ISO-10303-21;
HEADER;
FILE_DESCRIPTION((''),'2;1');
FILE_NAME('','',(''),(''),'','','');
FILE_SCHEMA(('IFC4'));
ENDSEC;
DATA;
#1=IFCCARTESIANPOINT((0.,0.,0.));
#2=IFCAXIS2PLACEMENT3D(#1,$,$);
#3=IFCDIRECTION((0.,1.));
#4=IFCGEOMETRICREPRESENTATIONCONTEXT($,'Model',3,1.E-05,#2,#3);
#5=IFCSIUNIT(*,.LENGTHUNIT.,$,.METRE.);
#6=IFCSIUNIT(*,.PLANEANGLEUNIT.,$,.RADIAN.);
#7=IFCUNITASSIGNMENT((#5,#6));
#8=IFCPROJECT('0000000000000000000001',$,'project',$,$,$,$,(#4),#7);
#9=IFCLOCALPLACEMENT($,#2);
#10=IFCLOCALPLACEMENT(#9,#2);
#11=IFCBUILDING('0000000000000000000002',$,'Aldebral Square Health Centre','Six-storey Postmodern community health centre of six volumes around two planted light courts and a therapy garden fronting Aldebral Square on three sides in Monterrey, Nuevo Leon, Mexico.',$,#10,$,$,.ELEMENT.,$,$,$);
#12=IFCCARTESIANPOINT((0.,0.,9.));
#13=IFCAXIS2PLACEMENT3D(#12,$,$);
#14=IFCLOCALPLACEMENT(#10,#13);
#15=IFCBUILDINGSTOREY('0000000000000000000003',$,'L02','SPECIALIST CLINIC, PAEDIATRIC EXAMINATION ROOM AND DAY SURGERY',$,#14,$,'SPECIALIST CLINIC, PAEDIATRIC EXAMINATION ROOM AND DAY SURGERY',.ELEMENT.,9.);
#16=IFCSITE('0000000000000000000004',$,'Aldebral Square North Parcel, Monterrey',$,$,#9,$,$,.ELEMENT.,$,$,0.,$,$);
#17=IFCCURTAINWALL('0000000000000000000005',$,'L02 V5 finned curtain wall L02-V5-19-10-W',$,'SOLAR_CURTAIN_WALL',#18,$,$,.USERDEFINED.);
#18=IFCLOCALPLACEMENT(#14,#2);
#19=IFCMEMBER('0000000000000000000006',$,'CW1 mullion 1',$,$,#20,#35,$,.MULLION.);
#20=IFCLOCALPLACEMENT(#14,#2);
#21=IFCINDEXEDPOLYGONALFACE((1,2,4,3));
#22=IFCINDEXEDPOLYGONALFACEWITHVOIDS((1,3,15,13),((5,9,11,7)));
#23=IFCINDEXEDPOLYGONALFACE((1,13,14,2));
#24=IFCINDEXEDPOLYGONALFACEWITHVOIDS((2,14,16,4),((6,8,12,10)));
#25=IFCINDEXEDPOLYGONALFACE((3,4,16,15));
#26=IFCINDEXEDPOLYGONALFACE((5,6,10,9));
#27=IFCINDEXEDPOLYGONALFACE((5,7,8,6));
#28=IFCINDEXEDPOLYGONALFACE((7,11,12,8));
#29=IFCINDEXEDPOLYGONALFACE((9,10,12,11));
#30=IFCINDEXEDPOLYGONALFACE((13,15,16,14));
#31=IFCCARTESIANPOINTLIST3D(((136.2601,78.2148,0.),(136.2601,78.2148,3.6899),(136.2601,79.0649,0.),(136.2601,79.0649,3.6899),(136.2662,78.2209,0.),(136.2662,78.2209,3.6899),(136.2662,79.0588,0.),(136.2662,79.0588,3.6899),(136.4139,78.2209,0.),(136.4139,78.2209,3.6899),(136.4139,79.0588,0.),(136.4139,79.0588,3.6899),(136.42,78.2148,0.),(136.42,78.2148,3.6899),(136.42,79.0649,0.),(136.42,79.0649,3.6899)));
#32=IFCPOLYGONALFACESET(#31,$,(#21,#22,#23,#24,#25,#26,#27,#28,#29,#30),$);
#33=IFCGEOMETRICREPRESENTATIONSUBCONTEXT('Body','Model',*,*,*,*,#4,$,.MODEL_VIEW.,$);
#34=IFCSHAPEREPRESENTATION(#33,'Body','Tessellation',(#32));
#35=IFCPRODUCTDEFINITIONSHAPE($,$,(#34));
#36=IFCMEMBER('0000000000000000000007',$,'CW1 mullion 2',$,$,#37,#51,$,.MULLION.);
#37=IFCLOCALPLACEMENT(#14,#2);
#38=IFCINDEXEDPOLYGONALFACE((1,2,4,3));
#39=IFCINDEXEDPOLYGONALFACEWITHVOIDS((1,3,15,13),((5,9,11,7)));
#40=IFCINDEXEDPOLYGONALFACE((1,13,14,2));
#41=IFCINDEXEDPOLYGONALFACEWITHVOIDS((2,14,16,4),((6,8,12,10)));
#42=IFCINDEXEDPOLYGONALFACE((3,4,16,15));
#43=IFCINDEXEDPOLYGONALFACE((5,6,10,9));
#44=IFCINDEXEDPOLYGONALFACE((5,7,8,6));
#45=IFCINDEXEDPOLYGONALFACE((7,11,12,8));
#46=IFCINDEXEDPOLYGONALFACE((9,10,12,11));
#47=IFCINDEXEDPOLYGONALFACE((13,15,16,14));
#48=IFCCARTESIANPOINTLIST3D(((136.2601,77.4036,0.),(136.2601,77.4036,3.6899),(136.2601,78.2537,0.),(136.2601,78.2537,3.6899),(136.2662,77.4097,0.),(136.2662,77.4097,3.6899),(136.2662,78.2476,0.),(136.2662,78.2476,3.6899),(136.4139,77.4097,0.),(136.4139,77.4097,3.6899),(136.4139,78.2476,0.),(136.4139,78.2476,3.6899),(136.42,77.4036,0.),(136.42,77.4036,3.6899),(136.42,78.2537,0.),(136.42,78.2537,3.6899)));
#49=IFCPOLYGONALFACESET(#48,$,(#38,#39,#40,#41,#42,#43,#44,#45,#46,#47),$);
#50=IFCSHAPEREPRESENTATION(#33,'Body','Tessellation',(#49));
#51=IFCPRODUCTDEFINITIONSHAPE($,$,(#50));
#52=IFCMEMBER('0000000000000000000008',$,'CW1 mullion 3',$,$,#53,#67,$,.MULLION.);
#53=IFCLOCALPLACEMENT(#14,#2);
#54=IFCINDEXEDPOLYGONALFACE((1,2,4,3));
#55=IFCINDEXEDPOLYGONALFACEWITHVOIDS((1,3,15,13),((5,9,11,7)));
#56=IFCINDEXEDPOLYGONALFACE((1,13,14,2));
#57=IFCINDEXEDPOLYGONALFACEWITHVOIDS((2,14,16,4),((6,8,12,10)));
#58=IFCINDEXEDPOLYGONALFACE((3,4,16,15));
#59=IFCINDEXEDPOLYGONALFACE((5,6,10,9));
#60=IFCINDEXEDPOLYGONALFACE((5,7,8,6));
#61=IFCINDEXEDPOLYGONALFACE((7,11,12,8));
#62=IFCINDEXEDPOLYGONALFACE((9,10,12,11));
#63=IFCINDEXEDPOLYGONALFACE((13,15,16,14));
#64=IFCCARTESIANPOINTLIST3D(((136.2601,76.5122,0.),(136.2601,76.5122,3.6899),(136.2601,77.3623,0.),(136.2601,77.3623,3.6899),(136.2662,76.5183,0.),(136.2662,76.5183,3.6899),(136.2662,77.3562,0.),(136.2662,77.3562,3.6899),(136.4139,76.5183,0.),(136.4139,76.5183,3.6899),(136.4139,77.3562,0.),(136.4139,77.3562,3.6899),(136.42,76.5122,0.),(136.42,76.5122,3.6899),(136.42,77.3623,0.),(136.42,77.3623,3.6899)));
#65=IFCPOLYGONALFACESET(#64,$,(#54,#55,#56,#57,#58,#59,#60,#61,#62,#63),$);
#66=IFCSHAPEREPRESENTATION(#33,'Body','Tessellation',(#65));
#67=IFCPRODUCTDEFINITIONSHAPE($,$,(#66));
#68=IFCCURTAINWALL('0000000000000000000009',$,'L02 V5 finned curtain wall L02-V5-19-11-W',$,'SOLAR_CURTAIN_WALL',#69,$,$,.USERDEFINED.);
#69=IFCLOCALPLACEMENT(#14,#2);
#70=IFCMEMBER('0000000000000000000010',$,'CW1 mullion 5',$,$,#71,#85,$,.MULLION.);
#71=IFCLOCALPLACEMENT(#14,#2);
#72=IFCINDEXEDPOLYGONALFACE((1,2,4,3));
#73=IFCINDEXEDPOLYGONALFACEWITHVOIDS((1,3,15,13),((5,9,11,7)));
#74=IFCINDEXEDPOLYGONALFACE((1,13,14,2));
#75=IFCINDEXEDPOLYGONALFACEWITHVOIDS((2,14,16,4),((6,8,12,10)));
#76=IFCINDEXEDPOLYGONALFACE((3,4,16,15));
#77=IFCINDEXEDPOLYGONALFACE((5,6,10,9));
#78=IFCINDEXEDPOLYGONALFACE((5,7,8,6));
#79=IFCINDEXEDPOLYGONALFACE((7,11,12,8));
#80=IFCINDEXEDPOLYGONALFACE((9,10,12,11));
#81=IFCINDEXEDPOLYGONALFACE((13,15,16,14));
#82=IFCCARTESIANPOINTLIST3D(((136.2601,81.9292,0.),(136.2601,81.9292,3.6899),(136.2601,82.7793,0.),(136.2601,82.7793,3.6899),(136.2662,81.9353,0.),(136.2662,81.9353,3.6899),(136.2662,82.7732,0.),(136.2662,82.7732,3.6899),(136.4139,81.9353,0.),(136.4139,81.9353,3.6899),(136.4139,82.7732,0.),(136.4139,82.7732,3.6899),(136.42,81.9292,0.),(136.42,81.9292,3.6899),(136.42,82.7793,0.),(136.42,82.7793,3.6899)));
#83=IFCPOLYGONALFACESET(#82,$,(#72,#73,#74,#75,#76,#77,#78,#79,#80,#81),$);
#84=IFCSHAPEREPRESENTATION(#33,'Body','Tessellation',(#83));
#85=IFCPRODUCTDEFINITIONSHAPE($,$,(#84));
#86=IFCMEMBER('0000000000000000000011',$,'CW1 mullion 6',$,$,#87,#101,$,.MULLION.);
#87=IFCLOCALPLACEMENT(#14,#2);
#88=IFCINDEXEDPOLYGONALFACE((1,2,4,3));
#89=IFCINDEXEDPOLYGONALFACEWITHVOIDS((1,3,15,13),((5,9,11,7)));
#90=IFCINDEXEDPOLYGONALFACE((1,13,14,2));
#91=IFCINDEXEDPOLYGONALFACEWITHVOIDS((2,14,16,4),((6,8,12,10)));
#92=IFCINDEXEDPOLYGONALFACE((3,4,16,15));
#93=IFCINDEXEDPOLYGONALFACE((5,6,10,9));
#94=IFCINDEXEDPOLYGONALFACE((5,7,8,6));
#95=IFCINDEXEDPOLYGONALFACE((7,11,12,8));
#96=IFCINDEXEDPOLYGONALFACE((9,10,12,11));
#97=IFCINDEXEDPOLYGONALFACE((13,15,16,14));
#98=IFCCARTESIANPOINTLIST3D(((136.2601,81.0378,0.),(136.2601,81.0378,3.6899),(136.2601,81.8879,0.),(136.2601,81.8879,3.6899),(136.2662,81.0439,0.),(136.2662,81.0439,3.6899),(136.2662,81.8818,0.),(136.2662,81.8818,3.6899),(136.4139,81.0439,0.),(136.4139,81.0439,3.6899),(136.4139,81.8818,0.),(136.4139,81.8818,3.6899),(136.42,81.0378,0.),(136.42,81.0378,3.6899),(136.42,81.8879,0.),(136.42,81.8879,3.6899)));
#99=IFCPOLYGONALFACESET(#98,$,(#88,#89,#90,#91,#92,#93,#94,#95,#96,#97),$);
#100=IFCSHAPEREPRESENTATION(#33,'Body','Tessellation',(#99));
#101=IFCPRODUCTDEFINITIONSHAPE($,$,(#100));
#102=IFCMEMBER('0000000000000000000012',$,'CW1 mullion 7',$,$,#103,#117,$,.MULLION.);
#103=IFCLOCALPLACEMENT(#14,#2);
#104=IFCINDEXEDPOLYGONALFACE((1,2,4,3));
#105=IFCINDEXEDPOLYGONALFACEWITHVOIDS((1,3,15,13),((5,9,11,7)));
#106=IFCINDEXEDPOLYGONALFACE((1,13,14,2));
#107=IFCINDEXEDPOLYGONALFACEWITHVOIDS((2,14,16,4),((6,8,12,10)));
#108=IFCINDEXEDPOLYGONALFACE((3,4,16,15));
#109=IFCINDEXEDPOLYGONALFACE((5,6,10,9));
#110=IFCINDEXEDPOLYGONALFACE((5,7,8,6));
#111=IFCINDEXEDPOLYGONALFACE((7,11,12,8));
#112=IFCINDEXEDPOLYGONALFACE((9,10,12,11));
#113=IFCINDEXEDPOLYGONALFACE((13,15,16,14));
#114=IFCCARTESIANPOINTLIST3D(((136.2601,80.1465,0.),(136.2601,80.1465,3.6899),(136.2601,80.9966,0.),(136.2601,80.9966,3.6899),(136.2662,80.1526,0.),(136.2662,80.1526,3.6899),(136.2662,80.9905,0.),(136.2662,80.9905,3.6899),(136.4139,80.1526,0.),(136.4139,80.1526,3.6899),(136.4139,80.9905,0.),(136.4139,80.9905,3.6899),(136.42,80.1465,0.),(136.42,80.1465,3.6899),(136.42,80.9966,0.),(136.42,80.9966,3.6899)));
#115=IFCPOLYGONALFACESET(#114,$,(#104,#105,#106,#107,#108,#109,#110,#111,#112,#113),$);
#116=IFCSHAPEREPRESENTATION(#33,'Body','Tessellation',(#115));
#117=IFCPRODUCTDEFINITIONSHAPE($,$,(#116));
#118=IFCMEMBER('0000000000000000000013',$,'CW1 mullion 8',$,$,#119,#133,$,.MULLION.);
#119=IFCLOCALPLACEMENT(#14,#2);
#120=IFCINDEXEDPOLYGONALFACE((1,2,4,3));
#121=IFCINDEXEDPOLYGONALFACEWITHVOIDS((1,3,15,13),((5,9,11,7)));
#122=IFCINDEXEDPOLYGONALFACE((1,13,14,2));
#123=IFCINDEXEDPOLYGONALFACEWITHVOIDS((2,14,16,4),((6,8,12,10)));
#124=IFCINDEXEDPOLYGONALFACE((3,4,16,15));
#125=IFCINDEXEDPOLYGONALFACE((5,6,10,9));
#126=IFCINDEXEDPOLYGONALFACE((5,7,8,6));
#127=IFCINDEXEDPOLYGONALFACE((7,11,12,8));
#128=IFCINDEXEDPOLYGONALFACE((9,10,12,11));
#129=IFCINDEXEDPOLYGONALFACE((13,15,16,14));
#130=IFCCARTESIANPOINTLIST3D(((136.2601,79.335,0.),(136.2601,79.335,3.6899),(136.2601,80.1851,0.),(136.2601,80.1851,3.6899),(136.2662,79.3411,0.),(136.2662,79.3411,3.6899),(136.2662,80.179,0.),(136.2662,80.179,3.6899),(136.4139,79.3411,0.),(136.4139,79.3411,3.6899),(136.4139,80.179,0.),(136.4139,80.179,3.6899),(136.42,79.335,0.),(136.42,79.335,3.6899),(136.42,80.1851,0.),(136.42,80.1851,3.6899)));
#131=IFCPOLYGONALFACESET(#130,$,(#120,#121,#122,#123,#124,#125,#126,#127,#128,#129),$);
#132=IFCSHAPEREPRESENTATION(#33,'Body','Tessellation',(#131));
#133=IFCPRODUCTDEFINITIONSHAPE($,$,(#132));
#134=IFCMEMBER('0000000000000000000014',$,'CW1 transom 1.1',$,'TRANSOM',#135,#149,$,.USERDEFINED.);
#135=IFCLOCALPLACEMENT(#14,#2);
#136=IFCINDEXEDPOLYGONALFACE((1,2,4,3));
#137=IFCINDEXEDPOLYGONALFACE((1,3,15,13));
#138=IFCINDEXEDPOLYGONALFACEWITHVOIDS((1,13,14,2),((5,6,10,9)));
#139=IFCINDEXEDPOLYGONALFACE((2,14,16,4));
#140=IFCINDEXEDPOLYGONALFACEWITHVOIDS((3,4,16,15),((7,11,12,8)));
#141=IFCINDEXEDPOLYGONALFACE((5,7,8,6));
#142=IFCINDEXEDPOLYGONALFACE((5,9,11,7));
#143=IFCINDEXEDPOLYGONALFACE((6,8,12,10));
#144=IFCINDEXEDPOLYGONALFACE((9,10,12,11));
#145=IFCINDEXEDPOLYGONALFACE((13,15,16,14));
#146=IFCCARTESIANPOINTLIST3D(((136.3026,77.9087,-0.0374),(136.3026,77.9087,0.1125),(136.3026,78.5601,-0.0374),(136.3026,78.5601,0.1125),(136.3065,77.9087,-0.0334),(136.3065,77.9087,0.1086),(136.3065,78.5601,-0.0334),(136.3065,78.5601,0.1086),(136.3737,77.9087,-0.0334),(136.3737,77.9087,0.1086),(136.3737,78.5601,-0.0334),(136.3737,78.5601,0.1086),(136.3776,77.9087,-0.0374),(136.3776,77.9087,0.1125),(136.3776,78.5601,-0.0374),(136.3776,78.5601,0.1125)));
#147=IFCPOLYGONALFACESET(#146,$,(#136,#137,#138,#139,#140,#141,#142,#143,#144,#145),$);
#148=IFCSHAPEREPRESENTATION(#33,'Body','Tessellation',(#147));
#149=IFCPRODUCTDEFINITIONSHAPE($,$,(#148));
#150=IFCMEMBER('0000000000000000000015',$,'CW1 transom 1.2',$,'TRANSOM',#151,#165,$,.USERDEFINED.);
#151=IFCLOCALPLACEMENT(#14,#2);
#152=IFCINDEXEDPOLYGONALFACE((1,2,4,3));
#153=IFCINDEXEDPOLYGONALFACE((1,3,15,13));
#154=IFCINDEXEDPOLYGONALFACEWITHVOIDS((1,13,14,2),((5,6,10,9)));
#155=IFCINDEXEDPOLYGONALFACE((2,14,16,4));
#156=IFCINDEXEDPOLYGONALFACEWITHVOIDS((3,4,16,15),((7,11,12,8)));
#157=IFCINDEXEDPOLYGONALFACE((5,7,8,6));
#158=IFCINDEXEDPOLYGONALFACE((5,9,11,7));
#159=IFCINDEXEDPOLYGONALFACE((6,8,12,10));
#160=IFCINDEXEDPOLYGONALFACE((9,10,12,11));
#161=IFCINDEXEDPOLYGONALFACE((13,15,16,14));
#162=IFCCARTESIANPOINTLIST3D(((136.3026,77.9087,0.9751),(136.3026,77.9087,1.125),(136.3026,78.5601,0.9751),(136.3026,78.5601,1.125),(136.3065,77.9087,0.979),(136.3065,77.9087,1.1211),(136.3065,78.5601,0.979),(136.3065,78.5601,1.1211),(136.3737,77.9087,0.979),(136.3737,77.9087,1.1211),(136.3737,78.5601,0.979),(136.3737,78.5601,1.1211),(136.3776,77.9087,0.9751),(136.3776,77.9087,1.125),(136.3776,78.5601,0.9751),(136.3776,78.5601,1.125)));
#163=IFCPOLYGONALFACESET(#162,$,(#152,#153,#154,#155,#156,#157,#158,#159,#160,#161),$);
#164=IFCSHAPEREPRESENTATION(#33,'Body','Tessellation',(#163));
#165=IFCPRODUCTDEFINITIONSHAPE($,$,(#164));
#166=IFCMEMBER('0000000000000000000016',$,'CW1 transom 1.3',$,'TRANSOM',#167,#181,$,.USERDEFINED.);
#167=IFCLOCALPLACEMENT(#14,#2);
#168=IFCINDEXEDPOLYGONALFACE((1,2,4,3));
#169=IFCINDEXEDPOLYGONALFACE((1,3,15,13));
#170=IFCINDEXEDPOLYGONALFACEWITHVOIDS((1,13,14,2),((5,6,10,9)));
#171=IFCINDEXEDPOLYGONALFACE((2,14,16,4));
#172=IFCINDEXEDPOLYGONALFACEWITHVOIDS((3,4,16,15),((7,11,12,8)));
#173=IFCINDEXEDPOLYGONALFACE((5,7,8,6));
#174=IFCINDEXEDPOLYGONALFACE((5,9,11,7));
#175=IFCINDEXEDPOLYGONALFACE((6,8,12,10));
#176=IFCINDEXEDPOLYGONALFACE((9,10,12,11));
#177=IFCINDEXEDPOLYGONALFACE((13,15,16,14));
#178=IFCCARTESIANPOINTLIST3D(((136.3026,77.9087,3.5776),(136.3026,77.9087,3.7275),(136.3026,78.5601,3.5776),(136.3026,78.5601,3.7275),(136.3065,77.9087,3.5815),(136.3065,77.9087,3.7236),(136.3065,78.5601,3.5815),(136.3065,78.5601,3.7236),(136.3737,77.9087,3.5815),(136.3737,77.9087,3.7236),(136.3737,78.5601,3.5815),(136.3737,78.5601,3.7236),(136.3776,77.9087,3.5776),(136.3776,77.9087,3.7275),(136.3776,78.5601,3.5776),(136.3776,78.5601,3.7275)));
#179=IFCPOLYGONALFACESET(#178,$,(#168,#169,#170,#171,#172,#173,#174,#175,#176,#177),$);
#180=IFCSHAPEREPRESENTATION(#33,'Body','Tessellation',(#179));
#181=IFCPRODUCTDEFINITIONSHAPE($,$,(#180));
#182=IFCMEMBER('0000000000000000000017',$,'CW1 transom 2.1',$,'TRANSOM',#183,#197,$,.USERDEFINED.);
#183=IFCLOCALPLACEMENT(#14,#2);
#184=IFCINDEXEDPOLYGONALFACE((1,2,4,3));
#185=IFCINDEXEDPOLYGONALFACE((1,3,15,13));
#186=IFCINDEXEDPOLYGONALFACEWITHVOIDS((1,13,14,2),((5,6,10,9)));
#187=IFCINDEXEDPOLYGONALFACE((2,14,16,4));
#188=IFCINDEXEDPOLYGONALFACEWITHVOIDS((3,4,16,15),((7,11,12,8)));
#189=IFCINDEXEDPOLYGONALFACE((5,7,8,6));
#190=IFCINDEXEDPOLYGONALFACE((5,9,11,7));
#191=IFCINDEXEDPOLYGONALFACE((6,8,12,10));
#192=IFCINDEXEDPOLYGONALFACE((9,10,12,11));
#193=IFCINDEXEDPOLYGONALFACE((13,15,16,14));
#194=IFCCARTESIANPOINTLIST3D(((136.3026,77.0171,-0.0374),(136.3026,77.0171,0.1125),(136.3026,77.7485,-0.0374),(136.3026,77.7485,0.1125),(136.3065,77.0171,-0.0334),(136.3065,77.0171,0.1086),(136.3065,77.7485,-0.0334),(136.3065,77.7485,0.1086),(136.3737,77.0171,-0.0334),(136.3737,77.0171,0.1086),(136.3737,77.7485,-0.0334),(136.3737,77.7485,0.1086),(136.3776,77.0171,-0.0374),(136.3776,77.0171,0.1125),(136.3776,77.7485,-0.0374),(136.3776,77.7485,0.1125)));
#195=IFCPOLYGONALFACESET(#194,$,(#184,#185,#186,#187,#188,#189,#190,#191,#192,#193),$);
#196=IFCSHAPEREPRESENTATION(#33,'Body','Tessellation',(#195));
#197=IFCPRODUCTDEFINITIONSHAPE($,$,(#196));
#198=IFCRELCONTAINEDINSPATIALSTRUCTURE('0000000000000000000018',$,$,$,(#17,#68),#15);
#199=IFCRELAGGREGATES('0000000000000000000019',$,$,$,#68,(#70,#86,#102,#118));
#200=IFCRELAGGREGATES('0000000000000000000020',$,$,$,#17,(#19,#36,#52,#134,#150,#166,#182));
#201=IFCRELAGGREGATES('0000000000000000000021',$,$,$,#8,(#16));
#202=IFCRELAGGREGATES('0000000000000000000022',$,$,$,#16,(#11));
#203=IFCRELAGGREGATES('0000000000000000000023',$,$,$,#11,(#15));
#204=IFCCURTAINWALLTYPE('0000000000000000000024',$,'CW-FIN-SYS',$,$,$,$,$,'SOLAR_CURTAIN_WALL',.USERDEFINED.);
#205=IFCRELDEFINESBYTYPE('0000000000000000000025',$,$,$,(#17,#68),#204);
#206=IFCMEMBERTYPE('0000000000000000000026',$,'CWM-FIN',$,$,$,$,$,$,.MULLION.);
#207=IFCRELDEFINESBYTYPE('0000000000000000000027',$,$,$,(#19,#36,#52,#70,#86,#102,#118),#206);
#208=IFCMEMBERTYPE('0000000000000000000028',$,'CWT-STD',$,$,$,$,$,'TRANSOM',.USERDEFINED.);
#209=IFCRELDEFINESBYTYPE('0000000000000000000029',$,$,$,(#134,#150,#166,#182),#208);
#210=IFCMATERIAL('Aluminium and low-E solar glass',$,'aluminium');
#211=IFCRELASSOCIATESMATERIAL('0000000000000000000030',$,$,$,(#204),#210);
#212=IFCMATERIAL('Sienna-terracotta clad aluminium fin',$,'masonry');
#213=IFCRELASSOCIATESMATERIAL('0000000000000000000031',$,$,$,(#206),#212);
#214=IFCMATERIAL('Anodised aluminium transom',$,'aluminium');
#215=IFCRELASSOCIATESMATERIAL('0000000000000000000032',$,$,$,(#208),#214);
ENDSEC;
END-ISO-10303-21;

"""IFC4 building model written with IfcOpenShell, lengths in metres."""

from ifc_helpers import new_model, si_unit, direction, frame, origin, origin_2d, place, context, subcontext, project, spatial, hollow_rectangle, extrude, material, material_profile, profile_set, type_object, element, aggregate, save


model = new_model("IFC4")

# Units and contexts
model_context = context("Model", 3, precision=1e-05, world=origin(), true_north=direction((0.0, 1.0)))
body_context = subcontext(model_context, "Body", "Model", "MODEL_VIEW")
ifc_project = project(units=[si_unit("LENGTHUNIT", "METRE"), si_unit("PLANEANGLEUNIT", "RADIAN")], contexts=[model_context])

# Site, building, storey
site_placement = place(None, origin())
site = spatial("IfcSite", under=ifc_project, at=site_placement, Name="Aldebral Square North Parcel, Monterrey", CompositionType="ELEMENT", RefElevation=0.0)
building_placement = place(site_placement, origin())
building = spatial("IfcBuilding", under=site, at=building_placement, Name="Aldebral Square Health Centre", Description="Six-storey Postmodern community health centre of six volumes around two planted light courts and a therapy garden fronting Aldebral Square on three sides in Monterrey, Nuevo Leon, Mexico.", CompositionType="ELEMENT")
storey_placement = place(building_placement, frame((0.0, 0.0, 9.0)))
storey = spatial("IfcBuildingStorey", under=building, at=storey_placement, Name="L02", Description="SPECIALIST CLINIC, PAEDIATRIC EXAMINATION ROOM AND DAY SURGERY", LongName="SPECIALIST CLINIC, PAEDIATRIC EXAMINATION ROOM AND DAY SURGERY", CompositionType="ELEMENT", Elevation=9.0)

# Curtain walls, members
ifc_material_1 = material(Name="Aluminium and low-E solar glass", Category="aluminium")
curtain_wall_type = type_object("IfcCurtainWallType", Name="CW-FIN-SYS", ElementType="SOLAR_CURTAIN_WALL", PredefinedType="USERDEFINED", material=ifc_material_1)
curtain_wall_1_placement = place(storey_placement, origin())
curtain_wall_1 = element("IfcCurtainWall", 1, at=curtain_wall_1_placement, inside=storey, type_object=curtain_wall_type, Name="L02 V5 finned curtain wall L02-V5-19-10-W", ObjectType="SOLAR_CURTAIN_WALL", PredefinedType="USERDEFINED")
ifc_material_2 = material(Name="Sienna-terracotta clad aluminium fin", Category="masonry")
ifc_material_profile_1 = material_profile(ifc_material_2, hollow_rectangle(XDim=0.1599, YDim=0.8501, WallThickness=0.0061, at=origin_2d()), Name="FIN 160x850x6")
ifc_profile_set_1 = profile_set([ifc_material_profile_1], Name="Sienna-terracotta clad aluminium fin")
member_type_1 = type_object("IfcMemberType", Name="CWM-FIN", PredefinedType="MULLION", material=ifc_profile_set_1)
member_1_placement = place(storey_placement, frame((136.3401, 78.6399, 0.0), z_axis=(0.0, 0.0, 1.0), x_axis=(1.0, 0.0, 0.0)))
member_1 = element("IfcMember", 2, at=member_1_placement, type_object=member_type_1, Name="CW1 mullion 1", PredefinedType="MULLION", context=body_context, shape_type="SweptSolid", body=[
    extrude(hollow_rectangle(XDim=0.1599, YDim=0.8501, WallThickness=0.0061, at=origin_2d()), origin(), (0.0, 0.0, 1.0), 3.6899),
])
member_2_placement = place(storey_placement, frame((136.3401, 77.8286, 0.0), z_axis=(0.0, 0.0, 1.0), x_axis=(1.0, 0.0, 0.0)))
member_2 = element("IfcMember", 3, at=member_2_placement, type_object=member_type_1, Name="CW1 mullion 2", PredefinedType="MULLION", context=body_context, shape_type="SweptSolid", body=[
    extrude(hollow_rectangle(XDim=0.1599, YDim=0.8501, WallThickness=0.0061, at=origin_2d()), origin(), (0.0, 0.0, 1.0), 3.6899),
])
member_3_placement = place(storey_placement, frame((136.3401, 76.9373, 0.0), z_axis=(0.0, 0.0, 1.0), x_axis=(1.0, 0.0, 0.0)))
member_3 = element("IfcMember", 4, at=member_3_placement, type_object=member_type_1, Name="CW1 mullion 3", PredefinedType="MULLION", context=body_context, shape_type="SweptSolid", body=[
    extrude(hollow_rectangle(XDim=0.1599, YDim=0.8501, WallThickness=0.0061, at=origin_2d()), origin(), (0.0, 0.0, 1.0), 3.6899),
])
curtain_wall_2_placement = place(storey_placement, origin())
curtain_wall_2 = element("IfcCurtainWall", 5, at=curtain_wall_2_placement, inside=storey, type_object=curtain_wall_type, Name="L02 V5 finned curtain wall L02-V5-19-11-W", ObjectType="SOLAR_CURTAIN_WALL", PredefinedType="USERDEFINED")
member_4_placement = place(storey_placement, frame((136.3401, 82.3542, 0.0), z_axis=(0.0, 0.0, 1.0), x_axis=(1.0, 0.0, 0.0)))
member_4 = element("IfcMember", 6, at=member_4_placement, type_object=member_type_1, Name="CW1 mullion 5", PredefinedType="MULLION", context=body_context, shape_type="SweptSolid", body=[
    extrude(hollow_rectangle(XDim=0.1599, YDim=0.8501, WallThickness=0.0061, at=origin_2d()), origin(), (0.0, 0.0, 1.0), 3.6899),
])
member_5_placement = place(storey_placement, frame((136.3401, 81.4629, 0.0), z_axis=(0.0, 0.0, 1.0), x_axis=(1.0, 0.0, 0.0)))
member_5 = element("IfcMember", 7, at=member_5_placement, type_object=member_type_1, Name="CW1 mullion 6", PredefinedType="MULLION", context=body_context, shape_type="SweptSolid", body=[
    extrude(hollow_rectangle(XDim=0.1599, YDim=0.8501, WallThickness=0.0061, at=origin_2d()), origin(), (0.0, 0.0, 1.0), 3.6899),
])
member_6_placement = place(storey_placement, frame((136.3401, 80.5715, 0.0), z_axis=(0.0, 0.0, 1.0), x_axis=(1.0, 0.0, 0.0)))
member_6 = element("IfcMember", 8, at=member_6_placement, type_object=member_type_1, Name="CW1 mullion 7", PredefinedType="MULLION", context=body_context, shape_type="SweptSolid", body=[
    extrude(hollow_rectangle(XDim=0.1599, YDim=0.8501, WallThickness=0.0061, at=origin_2d()), origin(), (0.0, 0.0, 1.0), 3.6899),
])
member_7_placement = place(storey_placement, frame((136.3401, 79.76, 0.0), z_axis=(0.0, 0.0, 1.0), x_axis=(1.0, 0.0, 0.0)))
member_7 = element("IfcMember", 9, at=member_7_placement, type_object=member_type_1, Name="CW1 mullion 8", PredefinedType="MULLION", context=body_context, shape_type="SweptSolid", body=[
    extrude(hollow_rectangle(XDim=0.1599, YDim=0.8501, WallThickness=0.0061, at=origin_2d()), origin(), (0.0, 0.0, 1.0), 3.6899),
])

# Members
ifc_material_3 = material(Name="Anodised aluminium transom", Category="aluminium")
ifc_material_profile_2 = material_profile(ifc_material_3, hollow_rectangle(XDim=0.075, YDim=0.1499, WallThickness=0.0039, at=origin_2d()), Name="CWT 75x150x4")
ifc_profile_set_2 = profile_set([ifc_material_profile_2], Name="Anodised aluminium transom")
member_type_2 = type_object("IfcMemberType", Name="CWT-STD", ElementType="TRANSOM", PredefinedType="USERDEFINED", material=ifc_profile_set_2)
member_8_placement = place(storey_placement, frame((136.3401, 78.5601, 0.0376), z_axis=(0.0, -1.0, 0.0), x_axis=(1.0, 0.0, 0.0)))
member_8 = element("IfcMember", 10, at=member_8_placement, type_object=member_type_2, Name="CW1 transom 1.1", ObjectType="TRANSOM", PredefinedType="USERDEFINED", context=body_context, shape_type="SweptSolid", body=[
    extrude(hollow_rectangle(XDim=0.075, YDim=0.1499, WallThickness=0.0039, at=origin_2d()), origin(), (0.0, 0.0, 1.0), 0.6514),
])
member_9_placement = place(storey_placement, frame((136.3401, 78.5601, 1.05), z_axis=(0.0, -1.0, 0.0), x_axis=(1.0, 0.0, 0.0)))
member_9 = element("IfcMember", 11, at=member_9_placement, type_object=member_type_2, Name="CW1 transom 1.2", ObjectType="TRANSOM", PredefinedType="USERDEFINED", context=body_context, shape_type="SweptSolid", body=[
    extrude(hollow_rectangle(XDim=0.075, YDim=0.1499, WallThickness=0.0039, at=origin_2d()), origin(), (0.0, 0.0, 1.0), 0.6514),
])
member_10_placement = place(storey_placement, frame((136.3401, 78.5601, 3.6526), z_axis=(0.0, -1.0, 0.0), x_axis=(1.0, 0.0, 0.0)))
member_10 = element("IfcMember", 12, at=member_10_placement, type_object=member_type_2, Name="CW1 transom 1.3", ObjectType="TRANSOM", PredefinedType="USERDEFINED", context=body_context, shape_type="SweptSolid", body=[
    extrude(hollow_rectangle(XDim=0.075, YDim=0.1499, WallThickness=0.0039, at=origin_2d()), origin(), (0.0, 0.0, 1.0), 0.6514),
])
member_11_placement = place(storey_placement, frame((136.3401, 77.7485, 0.0376), z_axis=(0.0, -1.0, 0.0), x_axis=(1.0, 0.0, 0.0)))
member_11 = element("IfcMember", 13, at=member_11_placement, type_object=member_type_2, Name="CW1 transom 2.1", ObjectType="TRANSOM", PredefinedType="USERDEFINED", context=body_context, shape_type="SweptSolid", body=[
    extrude(hollow_rectangle(XDim=0.075, YDim=0.1499, WallThickness=0.0039, at=origin_2d()), origin(), (0.0, 0.0, 1.0), 0.7314),
])

aggregate(curtain_wall_2, [member_4, member_5, member_6, member_7])
aggregate(curtain_wall_1, [member_1, member_2, member_3, member_8, member_9, member_10, member_11])

save(model, "model.ifc")
